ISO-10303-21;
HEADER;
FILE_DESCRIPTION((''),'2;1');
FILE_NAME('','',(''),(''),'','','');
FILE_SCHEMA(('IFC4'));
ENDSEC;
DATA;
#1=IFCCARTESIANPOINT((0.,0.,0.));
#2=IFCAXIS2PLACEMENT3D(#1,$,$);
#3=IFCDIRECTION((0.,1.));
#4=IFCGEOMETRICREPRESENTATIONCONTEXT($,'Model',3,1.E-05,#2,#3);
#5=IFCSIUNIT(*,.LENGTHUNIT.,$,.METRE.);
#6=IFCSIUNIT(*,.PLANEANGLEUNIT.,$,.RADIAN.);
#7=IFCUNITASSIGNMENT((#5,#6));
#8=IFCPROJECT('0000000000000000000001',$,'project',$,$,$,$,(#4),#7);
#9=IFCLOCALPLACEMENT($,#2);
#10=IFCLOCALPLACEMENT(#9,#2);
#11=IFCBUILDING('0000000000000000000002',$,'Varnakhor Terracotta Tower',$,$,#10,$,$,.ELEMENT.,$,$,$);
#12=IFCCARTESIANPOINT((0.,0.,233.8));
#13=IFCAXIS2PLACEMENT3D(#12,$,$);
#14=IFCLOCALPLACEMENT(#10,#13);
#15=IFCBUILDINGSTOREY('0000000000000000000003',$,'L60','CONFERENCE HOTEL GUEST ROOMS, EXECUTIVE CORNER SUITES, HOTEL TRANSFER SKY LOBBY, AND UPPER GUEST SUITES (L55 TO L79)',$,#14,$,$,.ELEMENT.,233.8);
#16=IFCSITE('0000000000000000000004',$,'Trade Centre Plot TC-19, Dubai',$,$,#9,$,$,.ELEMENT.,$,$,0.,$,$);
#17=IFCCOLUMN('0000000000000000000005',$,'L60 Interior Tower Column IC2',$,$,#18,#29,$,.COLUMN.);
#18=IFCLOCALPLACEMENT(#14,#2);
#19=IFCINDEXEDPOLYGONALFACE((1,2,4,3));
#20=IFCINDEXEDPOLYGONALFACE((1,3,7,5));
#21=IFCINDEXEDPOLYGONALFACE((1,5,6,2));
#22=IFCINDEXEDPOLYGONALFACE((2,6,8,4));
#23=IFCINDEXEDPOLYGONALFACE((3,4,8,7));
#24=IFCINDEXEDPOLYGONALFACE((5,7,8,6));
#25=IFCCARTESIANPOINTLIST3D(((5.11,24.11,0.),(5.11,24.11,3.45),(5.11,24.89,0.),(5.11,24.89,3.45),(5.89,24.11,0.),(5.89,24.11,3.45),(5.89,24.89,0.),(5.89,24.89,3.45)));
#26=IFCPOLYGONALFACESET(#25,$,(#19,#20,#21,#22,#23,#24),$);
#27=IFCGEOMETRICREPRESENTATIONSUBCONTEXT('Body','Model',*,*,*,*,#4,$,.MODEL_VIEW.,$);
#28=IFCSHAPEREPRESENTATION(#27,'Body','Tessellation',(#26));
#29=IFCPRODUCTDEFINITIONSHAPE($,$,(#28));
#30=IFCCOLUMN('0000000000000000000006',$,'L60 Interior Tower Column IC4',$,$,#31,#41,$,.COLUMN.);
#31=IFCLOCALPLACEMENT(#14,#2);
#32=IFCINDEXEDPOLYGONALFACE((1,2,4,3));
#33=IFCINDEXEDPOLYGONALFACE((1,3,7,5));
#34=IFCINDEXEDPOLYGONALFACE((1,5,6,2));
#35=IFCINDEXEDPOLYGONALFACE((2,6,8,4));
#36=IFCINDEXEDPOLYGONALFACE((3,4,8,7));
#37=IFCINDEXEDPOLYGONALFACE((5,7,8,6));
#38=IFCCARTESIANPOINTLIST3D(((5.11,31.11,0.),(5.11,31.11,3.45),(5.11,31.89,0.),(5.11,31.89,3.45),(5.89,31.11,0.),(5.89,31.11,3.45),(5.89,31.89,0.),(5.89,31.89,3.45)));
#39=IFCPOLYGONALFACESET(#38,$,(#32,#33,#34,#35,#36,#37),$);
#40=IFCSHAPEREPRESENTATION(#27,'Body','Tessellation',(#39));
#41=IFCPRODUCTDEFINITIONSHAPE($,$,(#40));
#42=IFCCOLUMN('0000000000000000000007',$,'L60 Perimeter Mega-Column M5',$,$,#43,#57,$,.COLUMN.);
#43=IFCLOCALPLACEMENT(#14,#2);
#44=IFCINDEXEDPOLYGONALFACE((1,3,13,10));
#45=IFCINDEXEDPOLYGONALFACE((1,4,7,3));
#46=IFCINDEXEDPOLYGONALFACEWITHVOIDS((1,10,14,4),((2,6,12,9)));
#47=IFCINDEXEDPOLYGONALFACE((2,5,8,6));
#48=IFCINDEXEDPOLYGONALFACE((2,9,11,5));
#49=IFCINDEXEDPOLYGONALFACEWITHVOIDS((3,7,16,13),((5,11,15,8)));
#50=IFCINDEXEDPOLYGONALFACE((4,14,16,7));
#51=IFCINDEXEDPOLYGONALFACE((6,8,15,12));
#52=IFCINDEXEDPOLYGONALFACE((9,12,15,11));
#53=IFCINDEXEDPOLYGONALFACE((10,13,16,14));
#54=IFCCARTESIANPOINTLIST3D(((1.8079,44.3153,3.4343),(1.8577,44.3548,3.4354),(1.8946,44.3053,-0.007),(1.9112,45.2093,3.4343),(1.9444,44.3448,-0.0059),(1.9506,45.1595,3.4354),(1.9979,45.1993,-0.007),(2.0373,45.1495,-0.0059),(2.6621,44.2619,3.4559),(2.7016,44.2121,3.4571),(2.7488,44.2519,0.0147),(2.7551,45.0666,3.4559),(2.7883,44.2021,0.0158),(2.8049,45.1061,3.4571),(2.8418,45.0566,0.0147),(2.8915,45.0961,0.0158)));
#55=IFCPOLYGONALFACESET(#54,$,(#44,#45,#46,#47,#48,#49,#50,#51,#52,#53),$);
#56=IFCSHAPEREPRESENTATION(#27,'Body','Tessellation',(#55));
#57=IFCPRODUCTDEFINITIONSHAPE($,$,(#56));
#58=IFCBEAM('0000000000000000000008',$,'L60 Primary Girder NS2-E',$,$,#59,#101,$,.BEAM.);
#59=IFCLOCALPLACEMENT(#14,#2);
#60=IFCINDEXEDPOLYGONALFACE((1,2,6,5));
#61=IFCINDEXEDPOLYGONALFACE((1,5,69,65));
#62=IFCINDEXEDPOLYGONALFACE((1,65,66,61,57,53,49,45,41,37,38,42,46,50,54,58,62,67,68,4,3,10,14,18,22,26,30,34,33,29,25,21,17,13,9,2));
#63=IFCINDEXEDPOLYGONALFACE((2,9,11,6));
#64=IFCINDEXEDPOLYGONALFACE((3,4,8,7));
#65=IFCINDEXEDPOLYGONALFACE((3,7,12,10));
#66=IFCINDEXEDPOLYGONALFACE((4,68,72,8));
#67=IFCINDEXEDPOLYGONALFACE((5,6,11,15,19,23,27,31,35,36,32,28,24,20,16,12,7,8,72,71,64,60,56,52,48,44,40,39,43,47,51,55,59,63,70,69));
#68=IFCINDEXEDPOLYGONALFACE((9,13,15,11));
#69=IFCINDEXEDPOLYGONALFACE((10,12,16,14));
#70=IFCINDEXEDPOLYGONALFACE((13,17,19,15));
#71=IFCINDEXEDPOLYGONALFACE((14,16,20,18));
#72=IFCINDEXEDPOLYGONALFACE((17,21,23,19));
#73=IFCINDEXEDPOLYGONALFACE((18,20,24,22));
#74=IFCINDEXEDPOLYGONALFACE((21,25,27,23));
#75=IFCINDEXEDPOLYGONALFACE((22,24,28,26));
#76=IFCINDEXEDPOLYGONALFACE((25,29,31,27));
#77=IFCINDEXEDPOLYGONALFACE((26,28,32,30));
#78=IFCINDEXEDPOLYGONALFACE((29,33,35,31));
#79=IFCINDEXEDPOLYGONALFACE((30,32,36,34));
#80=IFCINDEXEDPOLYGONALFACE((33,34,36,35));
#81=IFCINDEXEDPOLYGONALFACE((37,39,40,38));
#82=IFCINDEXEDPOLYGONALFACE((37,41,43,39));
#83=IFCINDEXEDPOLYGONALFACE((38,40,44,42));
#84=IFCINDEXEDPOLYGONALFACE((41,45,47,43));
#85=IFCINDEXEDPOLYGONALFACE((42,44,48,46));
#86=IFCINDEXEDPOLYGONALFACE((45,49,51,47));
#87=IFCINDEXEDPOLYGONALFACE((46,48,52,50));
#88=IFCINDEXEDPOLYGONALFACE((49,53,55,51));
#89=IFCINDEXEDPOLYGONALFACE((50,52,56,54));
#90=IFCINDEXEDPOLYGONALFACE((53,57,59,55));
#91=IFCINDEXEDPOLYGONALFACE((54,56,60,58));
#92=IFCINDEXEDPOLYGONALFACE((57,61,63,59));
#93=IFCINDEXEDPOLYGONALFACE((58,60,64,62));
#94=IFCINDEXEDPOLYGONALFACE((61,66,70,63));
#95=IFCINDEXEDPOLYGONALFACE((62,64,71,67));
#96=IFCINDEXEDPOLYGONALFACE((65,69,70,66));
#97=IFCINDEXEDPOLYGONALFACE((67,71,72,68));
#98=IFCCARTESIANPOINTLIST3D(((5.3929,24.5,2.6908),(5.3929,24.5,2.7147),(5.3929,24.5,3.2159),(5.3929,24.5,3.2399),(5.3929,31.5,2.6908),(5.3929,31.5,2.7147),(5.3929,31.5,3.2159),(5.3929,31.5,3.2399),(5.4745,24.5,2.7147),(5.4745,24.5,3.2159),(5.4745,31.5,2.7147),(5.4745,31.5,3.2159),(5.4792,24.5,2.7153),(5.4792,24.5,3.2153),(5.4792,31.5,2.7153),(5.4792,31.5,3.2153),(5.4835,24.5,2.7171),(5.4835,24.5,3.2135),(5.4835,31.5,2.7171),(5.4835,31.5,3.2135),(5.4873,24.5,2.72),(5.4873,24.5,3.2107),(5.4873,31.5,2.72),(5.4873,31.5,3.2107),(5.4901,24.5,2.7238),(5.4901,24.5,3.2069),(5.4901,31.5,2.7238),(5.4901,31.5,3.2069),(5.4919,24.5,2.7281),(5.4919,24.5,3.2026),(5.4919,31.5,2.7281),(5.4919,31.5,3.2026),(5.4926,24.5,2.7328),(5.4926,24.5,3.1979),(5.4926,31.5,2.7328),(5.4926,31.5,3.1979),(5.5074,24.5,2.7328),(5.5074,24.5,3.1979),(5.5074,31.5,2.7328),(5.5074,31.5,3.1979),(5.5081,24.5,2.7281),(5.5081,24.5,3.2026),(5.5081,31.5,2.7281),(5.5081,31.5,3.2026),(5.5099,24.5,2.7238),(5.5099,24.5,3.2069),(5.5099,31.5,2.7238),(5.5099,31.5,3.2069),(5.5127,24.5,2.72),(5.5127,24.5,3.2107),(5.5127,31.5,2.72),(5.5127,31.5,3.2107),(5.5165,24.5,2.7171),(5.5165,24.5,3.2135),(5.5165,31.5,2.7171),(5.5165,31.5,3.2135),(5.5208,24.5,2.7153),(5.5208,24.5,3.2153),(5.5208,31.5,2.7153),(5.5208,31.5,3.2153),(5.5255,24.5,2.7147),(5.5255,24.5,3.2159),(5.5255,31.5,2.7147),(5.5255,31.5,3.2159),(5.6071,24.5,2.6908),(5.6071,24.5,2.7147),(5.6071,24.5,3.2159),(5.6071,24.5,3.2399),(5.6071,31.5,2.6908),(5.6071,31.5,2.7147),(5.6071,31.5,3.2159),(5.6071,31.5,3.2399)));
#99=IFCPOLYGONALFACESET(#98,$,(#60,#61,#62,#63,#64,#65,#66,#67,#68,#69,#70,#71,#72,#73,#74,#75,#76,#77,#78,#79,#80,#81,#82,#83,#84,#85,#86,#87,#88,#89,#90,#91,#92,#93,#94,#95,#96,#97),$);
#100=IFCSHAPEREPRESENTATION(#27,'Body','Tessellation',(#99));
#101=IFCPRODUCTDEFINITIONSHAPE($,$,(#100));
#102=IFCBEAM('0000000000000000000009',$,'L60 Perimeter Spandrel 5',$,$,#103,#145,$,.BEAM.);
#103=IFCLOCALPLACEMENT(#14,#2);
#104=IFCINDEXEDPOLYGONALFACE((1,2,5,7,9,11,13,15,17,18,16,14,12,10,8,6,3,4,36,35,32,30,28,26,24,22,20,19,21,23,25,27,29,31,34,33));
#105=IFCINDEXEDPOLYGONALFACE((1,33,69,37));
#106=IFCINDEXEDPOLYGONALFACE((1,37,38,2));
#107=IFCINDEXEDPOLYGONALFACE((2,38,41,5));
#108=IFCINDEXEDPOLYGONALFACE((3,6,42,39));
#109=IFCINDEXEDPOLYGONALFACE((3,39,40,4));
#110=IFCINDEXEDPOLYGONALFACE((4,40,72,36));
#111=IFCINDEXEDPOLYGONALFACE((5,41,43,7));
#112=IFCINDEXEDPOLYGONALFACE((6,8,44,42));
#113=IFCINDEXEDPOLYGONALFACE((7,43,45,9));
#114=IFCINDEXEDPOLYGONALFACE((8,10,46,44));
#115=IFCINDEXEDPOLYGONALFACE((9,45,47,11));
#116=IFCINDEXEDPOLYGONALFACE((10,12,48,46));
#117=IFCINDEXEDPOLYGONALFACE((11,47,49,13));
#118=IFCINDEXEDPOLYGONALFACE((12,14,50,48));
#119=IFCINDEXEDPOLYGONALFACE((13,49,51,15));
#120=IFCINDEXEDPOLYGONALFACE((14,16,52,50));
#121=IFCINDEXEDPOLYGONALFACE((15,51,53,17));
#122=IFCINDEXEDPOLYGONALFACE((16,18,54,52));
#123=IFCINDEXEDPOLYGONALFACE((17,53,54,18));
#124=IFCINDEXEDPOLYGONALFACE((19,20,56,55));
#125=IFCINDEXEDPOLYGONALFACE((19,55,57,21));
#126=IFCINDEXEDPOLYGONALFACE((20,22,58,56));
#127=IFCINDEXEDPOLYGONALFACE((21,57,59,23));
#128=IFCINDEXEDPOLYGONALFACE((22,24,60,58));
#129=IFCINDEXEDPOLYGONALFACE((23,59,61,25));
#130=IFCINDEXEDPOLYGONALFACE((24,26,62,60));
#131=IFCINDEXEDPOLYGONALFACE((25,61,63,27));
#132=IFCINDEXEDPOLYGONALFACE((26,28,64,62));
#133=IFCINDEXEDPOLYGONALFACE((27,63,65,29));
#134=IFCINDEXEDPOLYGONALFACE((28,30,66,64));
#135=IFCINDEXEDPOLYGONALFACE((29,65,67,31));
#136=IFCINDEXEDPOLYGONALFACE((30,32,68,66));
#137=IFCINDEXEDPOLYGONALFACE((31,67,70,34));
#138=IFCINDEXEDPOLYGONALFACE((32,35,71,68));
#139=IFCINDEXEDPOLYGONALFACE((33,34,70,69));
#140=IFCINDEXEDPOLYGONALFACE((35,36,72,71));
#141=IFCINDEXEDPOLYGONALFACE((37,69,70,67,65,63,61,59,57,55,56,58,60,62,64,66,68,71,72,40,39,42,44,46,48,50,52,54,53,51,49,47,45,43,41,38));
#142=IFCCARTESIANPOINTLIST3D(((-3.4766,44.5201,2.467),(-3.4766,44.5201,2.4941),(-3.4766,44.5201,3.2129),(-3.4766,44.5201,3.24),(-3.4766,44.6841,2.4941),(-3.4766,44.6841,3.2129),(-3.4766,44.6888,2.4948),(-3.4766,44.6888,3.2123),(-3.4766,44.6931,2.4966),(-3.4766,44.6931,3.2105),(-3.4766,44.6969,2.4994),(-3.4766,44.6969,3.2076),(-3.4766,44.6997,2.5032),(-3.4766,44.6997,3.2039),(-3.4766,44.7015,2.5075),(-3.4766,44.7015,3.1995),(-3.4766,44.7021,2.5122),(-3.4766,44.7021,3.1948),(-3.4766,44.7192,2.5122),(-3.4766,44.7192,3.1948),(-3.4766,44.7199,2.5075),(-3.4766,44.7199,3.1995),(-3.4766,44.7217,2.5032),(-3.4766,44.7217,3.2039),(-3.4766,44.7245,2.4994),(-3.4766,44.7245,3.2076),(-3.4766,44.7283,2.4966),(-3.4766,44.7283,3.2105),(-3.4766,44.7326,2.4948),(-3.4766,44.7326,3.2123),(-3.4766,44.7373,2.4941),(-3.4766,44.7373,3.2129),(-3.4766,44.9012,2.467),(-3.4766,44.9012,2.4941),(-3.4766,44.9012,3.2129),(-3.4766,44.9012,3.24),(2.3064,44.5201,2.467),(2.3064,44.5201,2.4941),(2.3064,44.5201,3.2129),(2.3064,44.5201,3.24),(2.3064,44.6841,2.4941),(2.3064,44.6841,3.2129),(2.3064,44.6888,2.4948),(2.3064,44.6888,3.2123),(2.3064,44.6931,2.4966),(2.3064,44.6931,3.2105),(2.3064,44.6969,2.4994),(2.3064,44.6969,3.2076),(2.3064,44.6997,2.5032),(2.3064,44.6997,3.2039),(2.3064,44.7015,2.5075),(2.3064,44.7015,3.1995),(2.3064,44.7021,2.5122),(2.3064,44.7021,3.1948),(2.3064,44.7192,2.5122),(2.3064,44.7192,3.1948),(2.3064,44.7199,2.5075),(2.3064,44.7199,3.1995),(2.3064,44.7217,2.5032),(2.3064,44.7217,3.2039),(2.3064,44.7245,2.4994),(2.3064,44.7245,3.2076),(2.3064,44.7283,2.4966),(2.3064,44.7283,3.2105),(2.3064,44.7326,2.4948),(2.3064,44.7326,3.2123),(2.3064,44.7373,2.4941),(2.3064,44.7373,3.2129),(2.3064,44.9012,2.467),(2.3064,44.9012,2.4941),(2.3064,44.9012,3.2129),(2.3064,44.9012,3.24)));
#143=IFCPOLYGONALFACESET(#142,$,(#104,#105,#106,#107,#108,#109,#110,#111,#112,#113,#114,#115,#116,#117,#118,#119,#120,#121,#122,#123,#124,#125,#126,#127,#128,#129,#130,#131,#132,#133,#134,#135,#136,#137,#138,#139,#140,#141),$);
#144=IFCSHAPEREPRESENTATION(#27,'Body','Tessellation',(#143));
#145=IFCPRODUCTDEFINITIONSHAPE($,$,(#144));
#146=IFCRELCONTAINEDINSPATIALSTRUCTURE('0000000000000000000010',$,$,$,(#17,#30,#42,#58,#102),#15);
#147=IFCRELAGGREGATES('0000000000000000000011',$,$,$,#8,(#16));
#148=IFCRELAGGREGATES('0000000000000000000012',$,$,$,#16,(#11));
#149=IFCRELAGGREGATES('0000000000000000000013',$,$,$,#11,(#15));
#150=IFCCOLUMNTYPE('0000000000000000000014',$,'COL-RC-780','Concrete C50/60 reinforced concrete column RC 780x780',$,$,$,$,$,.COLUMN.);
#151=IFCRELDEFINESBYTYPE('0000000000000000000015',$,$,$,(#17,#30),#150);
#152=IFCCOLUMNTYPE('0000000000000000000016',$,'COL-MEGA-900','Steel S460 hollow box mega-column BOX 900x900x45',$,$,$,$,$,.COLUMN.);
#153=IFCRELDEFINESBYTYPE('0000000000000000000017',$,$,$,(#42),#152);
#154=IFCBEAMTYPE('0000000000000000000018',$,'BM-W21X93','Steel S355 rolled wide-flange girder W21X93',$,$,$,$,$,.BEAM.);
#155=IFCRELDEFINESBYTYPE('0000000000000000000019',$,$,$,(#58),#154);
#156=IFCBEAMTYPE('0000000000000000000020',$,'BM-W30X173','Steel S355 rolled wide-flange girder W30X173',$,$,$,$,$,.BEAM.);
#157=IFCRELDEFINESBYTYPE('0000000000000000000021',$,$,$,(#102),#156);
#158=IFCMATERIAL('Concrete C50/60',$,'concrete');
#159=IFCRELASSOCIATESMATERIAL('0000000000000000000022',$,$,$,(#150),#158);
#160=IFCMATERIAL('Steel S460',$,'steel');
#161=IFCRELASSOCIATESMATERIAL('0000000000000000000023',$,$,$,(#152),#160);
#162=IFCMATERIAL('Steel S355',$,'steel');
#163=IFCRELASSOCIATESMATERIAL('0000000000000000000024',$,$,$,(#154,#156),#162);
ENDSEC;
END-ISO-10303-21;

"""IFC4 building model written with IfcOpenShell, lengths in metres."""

from ifc_helpers import new_model, si_unit, direction, frame, origin, origin_2d, place, context, subcontext, project, spatial, rectangle, hollow_rectangle, i_section, extrude, source, transform, mapped, material, material_profile, profile_set, type_object, element, save


model = new_model("IFC4")

# Units and contexts
model_context = context("Model", 3, precision=1e-05, world=origin(), true_north=direction((0.0, 1.0)))
body_context = subcontext(model_context, "Body", "Model", "MODEL_VIEW")
ifc_project = project(units=[si_unit("LENGTHUNIT", "METRE"), si_unit("PLANEANGLEUNIT", "RADIAN")], contexts=[model_context])

# Site, building, storey
site_placement = place(None, origin())
site = spatial("IfcSite", under=ifc_project, at=site_placement, Name="Trade Centre Plot TC-19, Dubai", CompositionType="ELEMENT", RefElevation=0.0)
building_placement = place(site_placement, origin())
building = spatial("IfcBuilding", under=site, at=building_placement, Name="Varnakhor Terracotta Tower", CompositionType="ELEMENT")
storey_placement = place(building_placement, frame((0.0, 0.0, 233.8)))
storey = spatial("IfcBuildingStorey", under=building, at=storey_placement, Name="L60", Description="CONFERENCE HOTEL GUEST ROOMS, EXECUTIVE CORNER SUITES, HOTEL TRANSFER SKY LOBBY, AND UPPER GUEST SUITES (L55 TO L79)", CompositionType="ELEMENT", Elevation=233.8)

# Columns
ifc_material_1 = material(Name="Concrete C50/60", Category="concrete")
ifc_material_profile_1 = material_profile(ifc_material_1, rectangle(XDim=0.78, YDim=0.78, at=origin_2d()), Name="RC 780x780")
ifc_profile_set_1 = profile_set([ifc_material_profile_1], Name="Concrete C50/60")
column_type_1 = type_object("IfcColumnType", Name="COL-RC-780", Description="Concrete C50/60 reinforced concrete column RC 780x780", PredefinedType="COLUMN", material=ifc_profile_set_1)
shared_shape_1 = source(origin(), body_context, "Body", "SweptSolid", [
    extrude(rectangle(XDim=0.78, YDim=0.78, at=origin_2d()), origin(), (0.0, 0.0, 1.0), 3.45),
])
for number, where, z_axis, x_axis, name in (
    (1, (5.5, 24.5, 0.0), (0.0, 0.0, 1.0), (1.0, 0.0, 0.0), "L60 Interior Tower Column IC2"),
    (2, (5.5, 31.5, 0.0), (0.0, 0.0, 1.0), (1.0, 0.0, 0.0), "L60 Interior Tower Column IC4"),
):
    element("IfcColumn", number, at=place(storey_placement, frame(where, z_axis=z_axis, x_axis=x_axis)), inside=storey, type_object=column_type_1, Name=name, PredefinedType="COLUMN", context=body_context, shape_type="MappedRepresentation", body=[
        mapped(shared_shape_1, transform((0.0, 0.0, 0.0), scale=1.0)),
    ])
ifc_material_2 = material(Name="Steel S460", Category="steel")
ifc_material_profile_2 = material_profile(ifc_material_2, hollow_rectangle(XDim=0.8999, YDim=0.8999, WallThickness=0.0449, at=origin_2d()), Name="BOX 900x900x45")
ifc_profile_set_2 = profile_set([ifc_material_profile_2], Name="Steel S460")
column_type_2 = type_object("IfcColumnType", Name="COL-MEGA-900", Description="Steel S460 hollow box mega-column BOX 900x900x45", PredefinedType="COLUMN", material=ifc_profile_set_2)
shared_shape_2 = source(origin(), body_context, "Body", "SweptSolid", [
    extrude(hollow_rectangle(XDim=0.8999, YDim=0.8999, WallThickness=0.0449, at=origin_2d()), origin(), (0.0, 0.0, 1.0), 3.4424),
])
column_placement = place(storey_placement, frame((2.3931, 44.7007, 0.0044), z_axis=(-0.025178, 0.002908, 0.999679), x_axis=(-0.11473, -0.993397, 0.0)))
element("IfcColumn", 3, at=column_placement, inside=storey, type_object=column_type_2, Name="L60 Perimeter Mega-Column M5", PredefinedType="COLUMN", context=body_context, shape_type="MappedRepresentation", body=[
    mapped(shared_shape_2, transform((0.0, 0.0, 0.0), scale=1.0)),
])

# Beams
ifc_material_3 = material(Name="Steel S355", Category="steel")
ifc_material_profile_3 = material_profile(ifc_material_3, i_section(OverallWidth=0.2141, OverallDepth=0.5491, WebThickness=0.0149, FlangeThickness=0.0239, FilletRadius=0.0181, at=origin_2d()), Name="W21X93")
ifc_profile_set_3 = profile_set([ifc_material_profile_3], Name="Steel S355")
beam_type_1 = type_object("IfcBeamType", Name="BM-W21X93", Description="Steel S355 rolled wide-flange girder W21X93", PredefinedType="BEAM", material=ifc_profile_set_3)
shared_shape_3 = source(origin(), body_context, "Body", "SweptSolid", [
    extrude(i_section(OverallWidth=0.2141, OverallDepth=0.5491, WebThickness=0.0149, FlangeThickness=0.0239, FilletRadius=0.0181, at=origin_2d()), origin(), (0.0, 0.0, 1.0), 7.0),
])
beam_1_placement = place(storey_placement, frame((5.5, 24.5, 2.9653), z_axis=(0.0, 1.0, 0.0), x_axis=(-1.0, 0.0, 0.0)))
element("IfcBeam", 4, at=beam_1_placement, inside=storey, type_object=beam_type_1, Name="L60 Primary Girder NS2-E", PredefinedType="BEAM", context=body_context, shape_type="MappedRepresentation", body=[
    mapped(shared_shape_3, transform((0.0, 0.0, 0.0), scale=1.0)),
])
ifc_material_profile_4 = material_profile(ifc_material_3, i_section(OverallWidth=0.3811, OverallDepth=0.7729, WebThickness=0.0171, FlangeThickness=0.0271, FilletRadius=0.0181, at=origin_2d()), Name="W30X173")
ifc_profile_set_4 = profile_set([ifc_material_profile_4], Name="Steel S355")
beam_type_2 = type_object("IfcBeamType", Name="BM-W30X173", Description="Steel S355 rolled wide-flange girder W30X173", PredefinedType="BEAM", material=ifc_profile_set_4)
shared_shape_4 = source(origin(), body_context, "Body", "SweptSolid", [
    extrude(i_section(OverallWidth=0.3811, OverallDepth=0.7729, WebThickness=0.0171, FlangeThickness=0.0271, FilletRadius=0.0181, at=origin_2d()), origin(), (0.0, 0.0, 1.0), 5.783),
])
beam_2_placement = place(storey_placement, frame((2.3064, 44.7107, 2.8535), z_axis=(-1.0, 0.0, 0.0), x_axis=(0.0, -1.0, 0.0)))
element("IfcBeam", 5, at=beam_2_placement, inside=storey, type_object=beam_type_2, Name="L60 Perimeter Spandrel 5", PredefinedType="BEAM", context=body_context, shape_type="MappedRepresentation", body=[
    mapped(shared_shape_4, transform((0.0, 0.0, 0.0), scale=1.0)),
])

save(model, "model.ifc")
